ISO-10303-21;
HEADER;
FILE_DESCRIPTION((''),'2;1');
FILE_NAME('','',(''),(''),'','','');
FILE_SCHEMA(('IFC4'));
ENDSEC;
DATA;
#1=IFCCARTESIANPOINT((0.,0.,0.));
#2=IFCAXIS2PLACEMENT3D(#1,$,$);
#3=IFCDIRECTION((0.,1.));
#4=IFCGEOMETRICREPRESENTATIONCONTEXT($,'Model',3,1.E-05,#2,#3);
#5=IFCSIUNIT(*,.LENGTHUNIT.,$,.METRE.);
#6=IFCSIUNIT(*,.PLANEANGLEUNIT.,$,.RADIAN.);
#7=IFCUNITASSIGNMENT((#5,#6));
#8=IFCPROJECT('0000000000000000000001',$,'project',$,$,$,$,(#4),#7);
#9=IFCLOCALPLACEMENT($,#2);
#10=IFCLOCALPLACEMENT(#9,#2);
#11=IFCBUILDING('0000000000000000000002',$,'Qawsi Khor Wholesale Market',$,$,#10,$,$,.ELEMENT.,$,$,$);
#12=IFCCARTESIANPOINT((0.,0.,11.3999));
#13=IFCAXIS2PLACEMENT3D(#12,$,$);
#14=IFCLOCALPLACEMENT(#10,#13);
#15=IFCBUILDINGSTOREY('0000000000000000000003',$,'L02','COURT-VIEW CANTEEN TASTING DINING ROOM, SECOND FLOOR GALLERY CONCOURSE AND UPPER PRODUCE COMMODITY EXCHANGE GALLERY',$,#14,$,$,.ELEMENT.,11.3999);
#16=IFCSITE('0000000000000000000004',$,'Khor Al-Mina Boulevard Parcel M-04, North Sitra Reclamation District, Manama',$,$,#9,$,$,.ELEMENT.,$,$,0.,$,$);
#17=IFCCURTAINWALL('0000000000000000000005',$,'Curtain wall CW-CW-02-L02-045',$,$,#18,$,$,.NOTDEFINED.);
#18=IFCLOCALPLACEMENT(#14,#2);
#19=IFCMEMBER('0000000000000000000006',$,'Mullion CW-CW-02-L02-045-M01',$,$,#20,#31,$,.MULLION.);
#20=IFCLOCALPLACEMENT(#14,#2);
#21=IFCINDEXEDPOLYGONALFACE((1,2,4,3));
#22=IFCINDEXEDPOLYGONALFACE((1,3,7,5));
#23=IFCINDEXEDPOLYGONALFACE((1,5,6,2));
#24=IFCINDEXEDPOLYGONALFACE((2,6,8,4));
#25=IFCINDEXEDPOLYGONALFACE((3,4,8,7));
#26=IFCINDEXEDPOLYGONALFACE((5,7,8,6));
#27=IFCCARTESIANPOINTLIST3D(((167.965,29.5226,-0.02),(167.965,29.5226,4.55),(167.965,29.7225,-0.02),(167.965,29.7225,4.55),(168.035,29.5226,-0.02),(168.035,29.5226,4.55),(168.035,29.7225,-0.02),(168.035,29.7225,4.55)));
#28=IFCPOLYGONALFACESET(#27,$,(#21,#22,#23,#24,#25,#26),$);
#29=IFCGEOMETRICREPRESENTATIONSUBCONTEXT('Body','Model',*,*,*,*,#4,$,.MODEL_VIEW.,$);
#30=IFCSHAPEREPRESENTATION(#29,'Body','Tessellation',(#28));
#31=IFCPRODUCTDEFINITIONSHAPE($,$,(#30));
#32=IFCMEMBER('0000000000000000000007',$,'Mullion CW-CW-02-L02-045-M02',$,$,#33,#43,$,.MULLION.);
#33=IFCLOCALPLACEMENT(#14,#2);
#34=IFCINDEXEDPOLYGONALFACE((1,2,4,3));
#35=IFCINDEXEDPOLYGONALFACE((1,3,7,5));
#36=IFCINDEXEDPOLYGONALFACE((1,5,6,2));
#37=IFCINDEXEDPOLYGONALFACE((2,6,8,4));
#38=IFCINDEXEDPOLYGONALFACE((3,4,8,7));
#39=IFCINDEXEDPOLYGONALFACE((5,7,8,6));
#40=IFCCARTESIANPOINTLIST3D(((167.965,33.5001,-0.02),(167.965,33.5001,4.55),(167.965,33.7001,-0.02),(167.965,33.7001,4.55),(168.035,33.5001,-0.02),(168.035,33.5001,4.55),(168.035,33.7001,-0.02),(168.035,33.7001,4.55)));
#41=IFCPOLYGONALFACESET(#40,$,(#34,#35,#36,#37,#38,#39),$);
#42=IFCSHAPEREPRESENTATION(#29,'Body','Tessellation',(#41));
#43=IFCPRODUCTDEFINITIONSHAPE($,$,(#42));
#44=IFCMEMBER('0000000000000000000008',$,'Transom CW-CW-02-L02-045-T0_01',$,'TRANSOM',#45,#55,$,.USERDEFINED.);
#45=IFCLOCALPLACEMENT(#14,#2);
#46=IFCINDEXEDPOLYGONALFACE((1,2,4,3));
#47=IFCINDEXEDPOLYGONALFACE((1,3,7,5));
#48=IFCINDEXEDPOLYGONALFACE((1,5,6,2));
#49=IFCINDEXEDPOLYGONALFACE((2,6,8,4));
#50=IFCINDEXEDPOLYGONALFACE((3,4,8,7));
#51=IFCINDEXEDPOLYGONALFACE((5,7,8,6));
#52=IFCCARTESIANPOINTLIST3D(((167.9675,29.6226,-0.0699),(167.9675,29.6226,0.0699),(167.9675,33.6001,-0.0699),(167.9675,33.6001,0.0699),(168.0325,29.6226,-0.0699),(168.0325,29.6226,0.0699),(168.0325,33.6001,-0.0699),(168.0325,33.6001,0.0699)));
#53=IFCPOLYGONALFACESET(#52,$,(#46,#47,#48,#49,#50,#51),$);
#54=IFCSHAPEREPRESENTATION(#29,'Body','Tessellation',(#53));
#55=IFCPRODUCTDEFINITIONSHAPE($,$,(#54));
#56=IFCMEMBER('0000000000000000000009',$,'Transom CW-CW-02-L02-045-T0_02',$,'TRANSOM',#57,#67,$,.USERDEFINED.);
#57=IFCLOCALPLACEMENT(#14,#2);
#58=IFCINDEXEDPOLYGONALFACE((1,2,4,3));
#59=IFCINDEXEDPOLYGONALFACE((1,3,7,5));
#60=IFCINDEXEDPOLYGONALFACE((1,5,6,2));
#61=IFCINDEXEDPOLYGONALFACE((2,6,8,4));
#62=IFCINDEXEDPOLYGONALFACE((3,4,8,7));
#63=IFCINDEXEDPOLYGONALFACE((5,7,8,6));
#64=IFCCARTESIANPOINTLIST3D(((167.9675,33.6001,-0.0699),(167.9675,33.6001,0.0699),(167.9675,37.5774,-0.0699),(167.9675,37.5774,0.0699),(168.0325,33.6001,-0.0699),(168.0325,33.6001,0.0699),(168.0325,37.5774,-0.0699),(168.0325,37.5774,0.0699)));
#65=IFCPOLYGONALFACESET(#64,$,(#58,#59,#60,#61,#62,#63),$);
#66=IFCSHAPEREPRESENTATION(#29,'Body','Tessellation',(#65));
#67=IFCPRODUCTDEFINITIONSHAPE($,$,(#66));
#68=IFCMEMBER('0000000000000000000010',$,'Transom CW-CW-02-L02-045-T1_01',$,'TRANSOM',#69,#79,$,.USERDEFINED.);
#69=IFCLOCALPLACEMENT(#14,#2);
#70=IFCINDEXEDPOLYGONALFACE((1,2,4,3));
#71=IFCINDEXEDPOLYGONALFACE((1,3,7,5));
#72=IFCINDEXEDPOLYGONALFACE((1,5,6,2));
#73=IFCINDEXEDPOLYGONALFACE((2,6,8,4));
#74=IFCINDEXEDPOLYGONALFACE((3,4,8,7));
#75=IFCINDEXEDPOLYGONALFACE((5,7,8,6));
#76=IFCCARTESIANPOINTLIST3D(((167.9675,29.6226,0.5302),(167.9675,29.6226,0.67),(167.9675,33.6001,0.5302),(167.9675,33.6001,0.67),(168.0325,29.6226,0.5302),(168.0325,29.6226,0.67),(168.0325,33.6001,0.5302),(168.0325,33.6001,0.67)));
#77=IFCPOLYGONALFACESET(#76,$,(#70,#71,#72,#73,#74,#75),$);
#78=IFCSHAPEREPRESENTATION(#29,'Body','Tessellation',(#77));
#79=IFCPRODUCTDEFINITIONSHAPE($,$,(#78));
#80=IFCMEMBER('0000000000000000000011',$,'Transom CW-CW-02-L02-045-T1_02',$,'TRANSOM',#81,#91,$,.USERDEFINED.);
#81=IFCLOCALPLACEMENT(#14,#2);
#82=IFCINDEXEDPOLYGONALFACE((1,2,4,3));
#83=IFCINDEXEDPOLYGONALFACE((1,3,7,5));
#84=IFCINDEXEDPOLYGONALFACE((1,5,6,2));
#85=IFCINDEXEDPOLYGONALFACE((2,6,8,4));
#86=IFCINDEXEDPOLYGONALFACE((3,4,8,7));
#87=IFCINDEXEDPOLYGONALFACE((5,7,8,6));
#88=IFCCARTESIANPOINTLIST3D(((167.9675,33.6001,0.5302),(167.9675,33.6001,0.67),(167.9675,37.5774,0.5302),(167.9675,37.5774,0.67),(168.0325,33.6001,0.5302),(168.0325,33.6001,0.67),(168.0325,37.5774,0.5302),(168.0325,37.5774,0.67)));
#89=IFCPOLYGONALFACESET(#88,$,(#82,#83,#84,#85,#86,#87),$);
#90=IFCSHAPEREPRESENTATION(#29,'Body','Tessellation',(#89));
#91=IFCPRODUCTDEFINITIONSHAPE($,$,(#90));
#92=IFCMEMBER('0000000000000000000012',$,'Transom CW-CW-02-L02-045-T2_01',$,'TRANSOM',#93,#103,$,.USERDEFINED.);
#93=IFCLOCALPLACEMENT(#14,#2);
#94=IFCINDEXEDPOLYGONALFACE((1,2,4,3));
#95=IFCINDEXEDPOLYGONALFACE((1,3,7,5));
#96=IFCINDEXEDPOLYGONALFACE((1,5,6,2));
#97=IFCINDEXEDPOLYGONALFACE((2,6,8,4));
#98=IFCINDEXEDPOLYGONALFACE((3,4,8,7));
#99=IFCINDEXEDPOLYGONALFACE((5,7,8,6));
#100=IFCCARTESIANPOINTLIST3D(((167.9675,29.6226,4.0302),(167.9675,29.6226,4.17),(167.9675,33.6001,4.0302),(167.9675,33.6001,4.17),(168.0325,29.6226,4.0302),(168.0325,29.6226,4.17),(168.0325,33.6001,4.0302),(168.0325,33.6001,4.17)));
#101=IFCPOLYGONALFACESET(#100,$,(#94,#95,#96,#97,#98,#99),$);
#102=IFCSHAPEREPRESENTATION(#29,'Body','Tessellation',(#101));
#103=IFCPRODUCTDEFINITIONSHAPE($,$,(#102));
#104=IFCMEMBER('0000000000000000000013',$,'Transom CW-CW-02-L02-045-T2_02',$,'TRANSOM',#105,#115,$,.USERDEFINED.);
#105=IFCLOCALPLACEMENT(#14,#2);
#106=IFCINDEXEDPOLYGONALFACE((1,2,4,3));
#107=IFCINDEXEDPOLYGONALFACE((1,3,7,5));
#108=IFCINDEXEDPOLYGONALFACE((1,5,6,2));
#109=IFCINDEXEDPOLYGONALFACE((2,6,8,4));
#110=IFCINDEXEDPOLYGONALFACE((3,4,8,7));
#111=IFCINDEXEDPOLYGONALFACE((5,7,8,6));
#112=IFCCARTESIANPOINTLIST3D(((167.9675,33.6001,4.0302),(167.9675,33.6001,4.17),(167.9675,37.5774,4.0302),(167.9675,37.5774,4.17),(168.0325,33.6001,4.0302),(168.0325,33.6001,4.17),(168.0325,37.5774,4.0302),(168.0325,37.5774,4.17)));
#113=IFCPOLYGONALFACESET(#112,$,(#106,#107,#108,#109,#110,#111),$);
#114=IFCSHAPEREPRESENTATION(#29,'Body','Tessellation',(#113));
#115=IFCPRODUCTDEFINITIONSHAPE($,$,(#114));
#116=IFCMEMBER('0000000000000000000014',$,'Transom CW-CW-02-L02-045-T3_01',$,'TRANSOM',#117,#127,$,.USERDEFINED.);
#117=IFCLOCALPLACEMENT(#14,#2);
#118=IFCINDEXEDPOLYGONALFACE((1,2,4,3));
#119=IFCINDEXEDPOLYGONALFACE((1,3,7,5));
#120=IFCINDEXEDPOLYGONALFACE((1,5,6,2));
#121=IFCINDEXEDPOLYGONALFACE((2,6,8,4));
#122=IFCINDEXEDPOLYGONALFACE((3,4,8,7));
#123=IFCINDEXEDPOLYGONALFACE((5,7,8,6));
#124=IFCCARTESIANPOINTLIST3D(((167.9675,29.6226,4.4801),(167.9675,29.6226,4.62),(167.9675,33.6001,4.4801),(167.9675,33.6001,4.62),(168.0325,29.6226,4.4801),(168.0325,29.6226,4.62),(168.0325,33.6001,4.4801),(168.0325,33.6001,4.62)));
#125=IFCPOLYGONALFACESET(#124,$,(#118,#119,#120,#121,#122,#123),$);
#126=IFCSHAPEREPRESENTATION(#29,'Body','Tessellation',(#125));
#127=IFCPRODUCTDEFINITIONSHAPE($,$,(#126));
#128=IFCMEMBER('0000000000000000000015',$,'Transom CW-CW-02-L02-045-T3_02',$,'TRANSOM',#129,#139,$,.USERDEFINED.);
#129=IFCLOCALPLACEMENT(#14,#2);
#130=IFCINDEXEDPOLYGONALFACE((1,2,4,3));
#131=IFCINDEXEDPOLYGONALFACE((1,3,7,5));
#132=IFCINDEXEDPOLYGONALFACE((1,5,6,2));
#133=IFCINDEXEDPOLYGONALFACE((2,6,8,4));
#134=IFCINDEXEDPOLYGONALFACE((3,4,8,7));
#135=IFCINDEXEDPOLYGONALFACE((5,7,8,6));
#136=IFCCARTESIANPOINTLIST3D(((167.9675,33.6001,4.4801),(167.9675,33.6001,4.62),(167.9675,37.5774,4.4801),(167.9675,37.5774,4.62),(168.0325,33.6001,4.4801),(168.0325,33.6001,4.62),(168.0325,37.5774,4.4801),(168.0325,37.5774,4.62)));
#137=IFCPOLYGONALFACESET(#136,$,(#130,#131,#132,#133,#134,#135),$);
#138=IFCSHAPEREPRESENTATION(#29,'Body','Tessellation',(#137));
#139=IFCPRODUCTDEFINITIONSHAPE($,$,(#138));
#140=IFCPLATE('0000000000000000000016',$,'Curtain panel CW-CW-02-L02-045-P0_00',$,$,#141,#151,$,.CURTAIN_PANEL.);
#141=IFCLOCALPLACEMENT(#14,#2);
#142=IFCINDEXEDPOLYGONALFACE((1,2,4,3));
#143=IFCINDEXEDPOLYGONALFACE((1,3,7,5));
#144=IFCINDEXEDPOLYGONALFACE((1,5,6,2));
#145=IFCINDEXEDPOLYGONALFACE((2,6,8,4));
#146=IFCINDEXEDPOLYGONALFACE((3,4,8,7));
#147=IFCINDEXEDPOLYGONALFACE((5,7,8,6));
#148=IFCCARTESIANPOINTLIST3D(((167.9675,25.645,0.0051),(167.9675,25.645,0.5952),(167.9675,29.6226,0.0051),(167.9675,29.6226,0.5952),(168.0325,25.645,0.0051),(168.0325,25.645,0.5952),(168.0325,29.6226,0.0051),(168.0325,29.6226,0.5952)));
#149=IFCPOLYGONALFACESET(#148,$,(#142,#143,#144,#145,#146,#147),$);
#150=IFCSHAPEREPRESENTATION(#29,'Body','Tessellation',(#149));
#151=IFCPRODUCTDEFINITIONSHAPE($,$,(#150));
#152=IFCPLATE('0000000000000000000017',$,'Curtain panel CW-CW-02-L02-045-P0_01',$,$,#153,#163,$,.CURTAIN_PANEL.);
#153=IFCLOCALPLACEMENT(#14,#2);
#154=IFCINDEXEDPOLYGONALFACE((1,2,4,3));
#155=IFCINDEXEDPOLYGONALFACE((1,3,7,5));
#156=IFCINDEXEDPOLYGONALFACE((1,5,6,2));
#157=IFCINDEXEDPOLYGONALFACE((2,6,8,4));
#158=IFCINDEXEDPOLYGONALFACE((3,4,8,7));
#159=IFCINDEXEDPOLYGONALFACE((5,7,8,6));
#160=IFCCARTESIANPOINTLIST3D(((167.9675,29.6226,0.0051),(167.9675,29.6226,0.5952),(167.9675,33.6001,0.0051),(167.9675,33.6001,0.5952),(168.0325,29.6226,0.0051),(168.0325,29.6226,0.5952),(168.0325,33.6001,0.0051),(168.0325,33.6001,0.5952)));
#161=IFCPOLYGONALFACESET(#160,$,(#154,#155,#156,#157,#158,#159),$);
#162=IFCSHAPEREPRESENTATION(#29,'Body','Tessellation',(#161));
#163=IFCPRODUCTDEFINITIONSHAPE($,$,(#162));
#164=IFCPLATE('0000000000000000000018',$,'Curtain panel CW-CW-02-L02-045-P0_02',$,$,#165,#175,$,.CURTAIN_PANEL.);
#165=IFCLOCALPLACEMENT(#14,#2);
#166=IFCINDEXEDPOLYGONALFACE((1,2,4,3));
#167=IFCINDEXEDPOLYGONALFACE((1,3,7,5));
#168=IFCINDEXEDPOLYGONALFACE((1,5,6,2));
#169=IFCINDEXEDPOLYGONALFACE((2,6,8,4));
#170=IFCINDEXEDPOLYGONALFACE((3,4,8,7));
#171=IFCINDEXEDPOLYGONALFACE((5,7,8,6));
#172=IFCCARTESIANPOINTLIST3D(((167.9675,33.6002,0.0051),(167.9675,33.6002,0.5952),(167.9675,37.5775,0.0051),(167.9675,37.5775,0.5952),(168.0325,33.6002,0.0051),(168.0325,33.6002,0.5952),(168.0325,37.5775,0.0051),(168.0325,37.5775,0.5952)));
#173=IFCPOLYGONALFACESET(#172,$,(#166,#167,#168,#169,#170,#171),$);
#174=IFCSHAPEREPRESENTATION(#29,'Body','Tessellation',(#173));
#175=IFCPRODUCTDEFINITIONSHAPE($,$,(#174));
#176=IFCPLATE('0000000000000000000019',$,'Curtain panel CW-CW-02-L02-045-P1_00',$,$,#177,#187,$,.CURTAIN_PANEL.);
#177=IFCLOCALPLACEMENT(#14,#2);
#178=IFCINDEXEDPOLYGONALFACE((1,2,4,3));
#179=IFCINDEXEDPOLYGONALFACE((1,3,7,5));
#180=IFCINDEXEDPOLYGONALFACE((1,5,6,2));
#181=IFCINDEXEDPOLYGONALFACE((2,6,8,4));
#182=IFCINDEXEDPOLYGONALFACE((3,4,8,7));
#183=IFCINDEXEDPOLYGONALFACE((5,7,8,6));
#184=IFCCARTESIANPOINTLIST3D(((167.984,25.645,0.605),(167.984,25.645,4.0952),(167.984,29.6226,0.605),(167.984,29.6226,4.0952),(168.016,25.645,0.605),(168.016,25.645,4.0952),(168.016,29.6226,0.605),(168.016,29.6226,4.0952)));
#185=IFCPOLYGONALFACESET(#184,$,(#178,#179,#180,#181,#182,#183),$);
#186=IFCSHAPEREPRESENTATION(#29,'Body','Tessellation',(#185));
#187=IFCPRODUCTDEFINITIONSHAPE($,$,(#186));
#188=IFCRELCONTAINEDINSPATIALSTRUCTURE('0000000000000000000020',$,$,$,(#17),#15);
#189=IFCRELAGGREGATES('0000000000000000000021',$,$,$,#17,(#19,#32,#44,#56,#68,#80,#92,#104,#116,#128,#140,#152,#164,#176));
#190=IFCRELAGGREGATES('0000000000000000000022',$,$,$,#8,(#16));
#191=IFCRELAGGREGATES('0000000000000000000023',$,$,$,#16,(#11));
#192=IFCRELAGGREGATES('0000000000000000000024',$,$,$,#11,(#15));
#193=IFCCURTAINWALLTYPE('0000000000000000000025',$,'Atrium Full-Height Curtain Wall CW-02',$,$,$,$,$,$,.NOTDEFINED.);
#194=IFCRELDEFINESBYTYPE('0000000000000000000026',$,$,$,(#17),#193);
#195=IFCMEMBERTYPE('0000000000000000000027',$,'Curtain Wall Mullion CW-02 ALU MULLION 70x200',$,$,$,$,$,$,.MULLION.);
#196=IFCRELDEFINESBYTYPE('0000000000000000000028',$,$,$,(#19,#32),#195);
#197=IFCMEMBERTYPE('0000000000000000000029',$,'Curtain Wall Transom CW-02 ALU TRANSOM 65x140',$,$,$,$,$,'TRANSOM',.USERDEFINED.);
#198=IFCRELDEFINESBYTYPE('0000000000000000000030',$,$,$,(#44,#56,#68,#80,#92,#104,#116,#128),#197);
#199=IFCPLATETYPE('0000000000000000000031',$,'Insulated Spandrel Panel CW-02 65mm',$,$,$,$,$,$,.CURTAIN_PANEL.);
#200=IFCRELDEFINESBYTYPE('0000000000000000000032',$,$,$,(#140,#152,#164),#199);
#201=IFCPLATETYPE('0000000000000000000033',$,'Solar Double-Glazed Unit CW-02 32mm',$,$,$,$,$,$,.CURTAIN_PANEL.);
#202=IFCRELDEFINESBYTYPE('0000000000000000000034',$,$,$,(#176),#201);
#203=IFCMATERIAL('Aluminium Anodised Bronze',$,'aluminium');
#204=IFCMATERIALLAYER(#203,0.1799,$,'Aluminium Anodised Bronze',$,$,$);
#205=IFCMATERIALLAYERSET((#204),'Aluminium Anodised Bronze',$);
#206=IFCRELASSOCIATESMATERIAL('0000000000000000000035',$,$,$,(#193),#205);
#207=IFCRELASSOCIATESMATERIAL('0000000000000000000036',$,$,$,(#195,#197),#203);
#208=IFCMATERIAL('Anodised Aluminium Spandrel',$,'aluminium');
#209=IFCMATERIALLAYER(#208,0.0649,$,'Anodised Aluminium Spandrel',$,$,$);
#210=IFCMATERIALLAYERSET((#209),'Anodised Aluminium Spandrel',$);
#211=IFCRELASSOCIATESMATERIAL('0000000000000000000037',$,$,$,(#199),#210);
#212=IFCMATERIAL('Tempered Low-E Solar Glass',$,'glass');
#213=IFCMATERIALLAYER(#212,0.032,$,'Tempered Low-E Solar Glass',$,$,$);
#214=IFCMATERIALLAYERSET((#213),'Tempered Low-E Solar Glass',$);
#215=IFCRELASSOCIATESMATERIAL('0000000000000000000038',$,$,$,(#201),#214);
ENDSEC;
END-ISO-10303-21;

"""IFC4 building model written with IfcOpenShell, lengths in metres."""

from ifc_helpers import new_model, si_unit, direction, frame, frame_2d, origin, origin_2d, place, context, subcontext, project, spatial, rectangle, extrude, material, layer, layer_set, material_profile, profile_set, type_object, element, aggregate, save


model = new_model("IFC4")

# Units and contexts
model_context = context("Model", 3, precision=1e-05, world=origin(), true_north=direction((0.0, 1.0)))
body_context = subcontext(model_context, "Body", "Model", "MODEL_VIEW")
ifc_project = project(units=[si_unit("LENGTHUNIT", "METRE"), si_unit("PLANEANGLEUNIT", "RADIAN")], contexts=[model_context])

# Site, building, storey
site_placement = place(None, origin())
site = spatial("IfcSite", under=ifc_project, at=site_placement, Name="Khor Al-Mina Boulevard Parcel M-04, North Sitra Reclamation District, Manama", CompositionType="ELEMENT", RefElevation=0.0)
building_placement = place(site_placement, origin())
building = spatial("IfcBuilding", under=site, at=building_placement, Name="Qawsi Khor Wholesale Market", CompositionType="ELEMENT")
storey_placement = place(building_placement, frame((0.0, 0.0, 11.3999)))
storey = spatial("IfcBuildingStorey", under=building, at=storey_placement, Name="L02", Description="COURT-VIEW CANTEEN TASTING DINING ROOM, SECOND FLOOR GALLERY CONCOURSE AND UPPER PRODUCE COMMODITY EXCHANGE GALLERY", CompositionType="ELEMENT", Elevation=11.3999)

# Curtain wall, members, plates
ifc_material_1 = material(Name="Aluminium Anodised Bronze", Category="aluminium")
ifc_layer_1 = layer(ifc_material_1, 0.1799, Name="Aluminium Anodised Bronze")
ifc_layer_set_1 = layer_set([ifc_layer_1], Name="Aluminium Anodised Bronze")
curtain_wall_type = type_object("IfcCurtainWallType", Name="Atrium Full-Height Curtain Wall CW-02", PredefinedType="NOTDEFINED", material=ifc_layer_set_1)
curtain_wall_placement = place(storey_placement, origin())
curtain_wall = element("IfcCurtainWall", 1, at=curtain_wall_placement, inside=storey, type_object=curtain_wall_type, Name="Curtain wall CW-CW-02-L02-045", PredefinedType="NOTDEFINED")
ifc_material_profile_1 = material_profile(ifc_material_1, rectangle(XDim=0.0701, YDim=0.2, at=origin_2d()), Name="ALU MULLION 70x200")
ifc_profile_set_1 = profile_set([ifc_material_profile_1], Name="Aluminium Anodised Bronze")
member_type_1 = type_object("IfcMemberType", Name="Curtain Wall Mullion CW-02 ALU MULLION 70x200", PredefinedType="MULLION", material=ifc_profile_set_1)
member_1_placement = place(storey_placement, frame((168.0, 29.6226, -0.02), z_axis=(0.0, 0.0, 1.0), x_axis=(1.0, 0.0, 0.0)))
member_1 = element("IfcMember", 2, at=member_1_placement, type_object=member_type_1, Name="Mullion CW-CW-02-L02-045-M01", PredefinedType="MULLION", context=body_context, shape_type="SweptSolid", body=[
    extrude(rectangle(XDim=0.0701, YDim=0.2, at=origin_2d()), origin(), (0.0, 0.0, 1.0), 4.5701),
])
member_2_placement = place(storey_placement, frame((168.0, 33.6001, -0.02), z_axis=(0.0, 0.0, 1.0), x_axis=(1.0, 0.0, 0.0)))
member_2 = element("IfcMember", 3, at=member_2_placement, type_object=member_type_1, Name="Mullion CW-CW-02-L02-045-M02", PredefinedType="MULLION", context=body_context, shape_type="SweptSolid", body=[
    extrude(rectangle(XDim=0.0701, YDim=0.2, at=origin_2d()), origin(), (0.0, 0.0, 1.0), 4.5701),
])
ifc_material_profile_2 = material_profile(ifc_material_1, rectangle(XDim=0.0649, YDim=0.1399, at=origin_2d()), Name="ALU TRANSOM 65x140")
ifc_profile_set_2 = profile_set([ifc_material_profile_2], Name="Aluminium Anodised Bronze")
member_type_2 = type_object("IfcMemberType", Name="Curtain Wall Transom CW-02 ALU TRANSOM 65x140", ElementType="TRANSOM", PredefinedType="USERDEFINED", material=ifc_profile_set_2)
member_3_placement = place(storey_placement, frame((168.0, 29.6226, 0.0), z_axis=(0.0, 1.0, 0.0), x_axis=(-1.0, 0.0, 0.0)))
member_3 = element("IfcMember", 4, at=member_3_placement, type_object=member_type_2, Name="Transom CW-CW-02-L02-045-T0_01", ObjectType="TRANSOM", PredefinedType="USERDEFINED", context=body_context, shape_type="SweptSolid", body=[
    extrude(rectangle(XDim=0.0649, YDim=0.1399, at=origin_2d()), origin(), (0.0, 0.0, 1.0), 3.9775),
])
member_4_placement = place(storey_placement, frame((168.0, 33.6001, 0.0), z_axis=(0.0, 1.0, 0.0), x_axis=(-1.0, 0.0, 0.0)))
member_4 = element("IfcMember", 5, at=member_4_placement, type_object=member_type_2, Name="Transom CW-CW-02-L02-045-T0_02", ObjectType="TRANSOM", PredefinedType="USERDEFINED", context=body_context, shape_type="SweptSolid", body=[
    extrude(rectangle(XDim=0.0649, YDim=0.1399, at=origin_2d()), origin(), (0.0, 0.0, 1.0), 3.9773),
])
member_5_placement = place(storey_placement, frame((168.0, 29.6226, 0.6001), z_axis=(0.0, 1.0, 0.0), x_axis=(-1.0, 0.0, 0.0)))
member_5 = element("IfcMember", 6, at=member_5_placement, type_object=member_type_2, Name="Transom CW-CW-02-L02-045-T1_01", ObjectType="TRANSOM", PredefinedType="USERDEFINED", context=body_context, shape_type="SweptSolid", body=[
    extrude(rectangle(XDim=0.0649, YDim=0.1399, at=origin_2d()), origin(), (0.0, 0.0, 1.0), 3.9775),
])
member_6_placement = place(storey_placement, frame((168.0, 33.6001, 0.6001), z_axis=(0.0, 1.0, 0.0), x_axis=(-1.0, 0.0, 0.0)))
member_6 = element("IfcMember", 7, at=member_6_placement, type_object=member_type_2, Name="Transom CW-CW-02-L02-045-T1_02", ObjectType="TRANSOM", PredefinedType="USERDEFINED", context=body_context, shape_type="SweptSolid", body=[
    extrude(rectangle(XDim=0.0649, YDim=0.1399, at=origin_2d()), origin(), (0.0, 0.0, 1.0), 3.9773),
])
member_7_placement = place(storey_placement, frame((168.0, 29.6226, 4.1001), z_axis=(0.0, 1.0, 0.0), x_axis=(-1.0, 0.0, 0.0)))
member_7 = element("IfcMember", 8, at=member_7_placement, type_object=member_type_2, Name="Transom CW-CW-02-L02-045-T2_01", ObjectType="TRANSOM", PredefinedType="USERDEFINED", context=body_context, shape_type="SweptSolid", body=[
    extrude(rectangle(XDim=0.0649, YDim=0.1399, at=origin_2d()), origin(), (0.0, 0.0, 1.0), 3.9775),
])
member_8_placement = place(storey_placement, frame((168.0, 33.6001, 4.1001), z_axis=(0.0, 1.0, 0.0), x_axis=(-1.0, 0.0, 0.0)))
member_8 = element("IfcMember", 9, at=member_8_placement, type_object=member_type_2, Name="Transom CW-CW-02-L02-045-T2_02", ObjectType="TRANSOM", PredefinedType="USERDEFINED", context=body_context, shape_type="SweptSolid", body=[
    extrude(rectangle(XDim=0.0649, YDim=0.1399, at=origin_2d()), origin(), (0.0, 0.0, 1.0), 3.9773),
])
member_9_placement = place(storey_placement, frame((168.0, 29.6226, 4.55), z_axis=(0.0, 1.0, 0.0), x_axis=(-1.0, 0.0, 0.0)))
member_9 = element("IfcMember", 10, at=member_9_placement, type_object=member_type_2, Name="Transom CW-CW-02-L02-045-T3_01", ObjectType="TRANSOM", PredefinedType="USERDEFINED", context=body_context, shape_type="SweptSolid", body=[
    extrude(rectangle(XDim=0.0649, YDim=0.1399, at=origin_2d()), origin(), (0.0, 0.0, 1.0), 3.9775),
])
member_10_placement = place(storey_placement, frame((168.0, 33.6001, 4.55), z_axis=(0.0, 1.0, 0.0), x_axis=(-1.0, 0.0, 0.0)))
member_10 = element("IfcMember", 11, at=member_10_placement, type_object=member_type_2, Name="Transom CW-CW-02-L02-045-T3_02", ObjectType="TRANSOM", PredefinedType="USERDEFINED", context=body_context, shape_type="SweptSolid", body=[
    extrude(rectangle(XDim=0.0649, YDim=0.1399, at=origin_2d()), origin(), (0.0, 0.0, 1.0), 3.9773),
])
ifc_material_2 = material(Name="Anodised Aluminium Spandrel", Category="aluminium")
ifc_layer_2 = layer(ifc_material_2, 0.0649, Name="Anodised Aluminium Spandrel")
ifc_layer_set_2 = layer_set([ifc_layer_2], Name="Anodised Aluminium Spandrel")
plate_type_1 = type_object("IfcPlateType", Name="Insulated Spandrel Panel CW-02 65mm", PredefinedType="CURTAIN_PANEL", material=ifc_layer_set_2)
plate_1_placement = place(storey_placement, frame((168.0, 25.645, 0.0051), z_axis=(0.0, 0.0, 1.0), x_axis=(0.0, 1.0, 0.0)))
plate_1 = element("IfcPlate", 12, at=plate_1_placement, type_object=plate_type_1, Name="Curtain panel CW-CW-02-L02-045-P0_00", PredefinedType="CURTAIN_PANEL", context=body_context, shape_type="SweptSolid", body=[
    extrude(rectangle(XDim=3.9775, YDim=0.0649, at=frame_2d((1.9888, 0.0))), origin(), (0.0, 0.0, 1.0), 0.5901),
])
plate_2_placement = place(storey_placement, frame((168.0, 29.6226, 0.0051), z_axis=(0.0, 0.0, 1.0), x_axis=(0.0, 1.0, 0.0)))
plate_2 = element("IfcPlate", 13, at=plate_2_placement, type_object=plate_type_1, Name="Curtain panel CW-CW-02-L02-045-P0_01", PredefinedType="CURTAIN_PANEL", context=body_context, shape_type="SweptSolid", body=[
    extrude(rectangle(XDim=3.9775, YDim=0.0649, at=frame_2d((1.9888, 0.0))), origin(), (0.0, 0.0, 1.0), 0.5901),
])
plate_3_placement = place(storey_placement, frame((168.0, 33.6001, 0.0051), z_axis=(0.0, 0.0, 1.0), x_axis=(0.0, 1.0, 0.0)))
plate_3 = element("IfcPlate", 14, at=plate_3_placement, type_object=plate_type_1, Name="Curtain panel CW-CW-02-L02-045-P0_02", PredefinedType="CURTAIN_PANEL", context=body_context, shape_type="SweptSolid", body=[
    extrude(rectangle(XDim=3.9773, YDim=0.0649, at=frame_2d((1.9888, 0.0))), origin(), (0.0, 0.0, 1.0), 0.5901),
])
ifc_material_3 = material(Name="Tempered Low-E Solar Glass", Category="glass")
ifc_layer_3 = layer(ifc_material_3, 0.032, Name="Tempered Low-E Solar Glass")
ifc_layer_set_3 = layer_set([ifc_layer_3], Name="Tempered Low-E Solar Glass")
plate_type_2 = type_object("IfcPlateType", Name="Solar Double-Glazed Unit CW-02 32mm", PredefinedType="CURTAIN_PANEL", material=ifc_layer_set_3)
plate_4_placement = place(storey_placement, frame((168.0, 25.645, 0.605), z_axis=(0.0, 0.0, 1.0), x_axis=(0.0, 1.0, 0.0)))
plate_4 = element("IfcPlate", 15, at=plate_4_placement, type_object=plate_type_2, Name="Curtain panel CW-CW-02-L02-045-P1_00", PredefinedType="CURTAIN_PANEL", context=body_context, shape_type="SweptSolid", body=[
    extrude(rectangle(XDim=3.9775, YDim=0.032, at=frame_2d((1.9888, 0.0))), origin(), (0.0, 0.0, 1.0), 3.4902),
])
aggregate(curtain_wall, [member_1, member_2, member_3, member_4, member_5, member_6, member_7, member_8, member_9, member_10, plate_1, plate_2, plate_3, plate_4])

save(model, "model.ifc")
